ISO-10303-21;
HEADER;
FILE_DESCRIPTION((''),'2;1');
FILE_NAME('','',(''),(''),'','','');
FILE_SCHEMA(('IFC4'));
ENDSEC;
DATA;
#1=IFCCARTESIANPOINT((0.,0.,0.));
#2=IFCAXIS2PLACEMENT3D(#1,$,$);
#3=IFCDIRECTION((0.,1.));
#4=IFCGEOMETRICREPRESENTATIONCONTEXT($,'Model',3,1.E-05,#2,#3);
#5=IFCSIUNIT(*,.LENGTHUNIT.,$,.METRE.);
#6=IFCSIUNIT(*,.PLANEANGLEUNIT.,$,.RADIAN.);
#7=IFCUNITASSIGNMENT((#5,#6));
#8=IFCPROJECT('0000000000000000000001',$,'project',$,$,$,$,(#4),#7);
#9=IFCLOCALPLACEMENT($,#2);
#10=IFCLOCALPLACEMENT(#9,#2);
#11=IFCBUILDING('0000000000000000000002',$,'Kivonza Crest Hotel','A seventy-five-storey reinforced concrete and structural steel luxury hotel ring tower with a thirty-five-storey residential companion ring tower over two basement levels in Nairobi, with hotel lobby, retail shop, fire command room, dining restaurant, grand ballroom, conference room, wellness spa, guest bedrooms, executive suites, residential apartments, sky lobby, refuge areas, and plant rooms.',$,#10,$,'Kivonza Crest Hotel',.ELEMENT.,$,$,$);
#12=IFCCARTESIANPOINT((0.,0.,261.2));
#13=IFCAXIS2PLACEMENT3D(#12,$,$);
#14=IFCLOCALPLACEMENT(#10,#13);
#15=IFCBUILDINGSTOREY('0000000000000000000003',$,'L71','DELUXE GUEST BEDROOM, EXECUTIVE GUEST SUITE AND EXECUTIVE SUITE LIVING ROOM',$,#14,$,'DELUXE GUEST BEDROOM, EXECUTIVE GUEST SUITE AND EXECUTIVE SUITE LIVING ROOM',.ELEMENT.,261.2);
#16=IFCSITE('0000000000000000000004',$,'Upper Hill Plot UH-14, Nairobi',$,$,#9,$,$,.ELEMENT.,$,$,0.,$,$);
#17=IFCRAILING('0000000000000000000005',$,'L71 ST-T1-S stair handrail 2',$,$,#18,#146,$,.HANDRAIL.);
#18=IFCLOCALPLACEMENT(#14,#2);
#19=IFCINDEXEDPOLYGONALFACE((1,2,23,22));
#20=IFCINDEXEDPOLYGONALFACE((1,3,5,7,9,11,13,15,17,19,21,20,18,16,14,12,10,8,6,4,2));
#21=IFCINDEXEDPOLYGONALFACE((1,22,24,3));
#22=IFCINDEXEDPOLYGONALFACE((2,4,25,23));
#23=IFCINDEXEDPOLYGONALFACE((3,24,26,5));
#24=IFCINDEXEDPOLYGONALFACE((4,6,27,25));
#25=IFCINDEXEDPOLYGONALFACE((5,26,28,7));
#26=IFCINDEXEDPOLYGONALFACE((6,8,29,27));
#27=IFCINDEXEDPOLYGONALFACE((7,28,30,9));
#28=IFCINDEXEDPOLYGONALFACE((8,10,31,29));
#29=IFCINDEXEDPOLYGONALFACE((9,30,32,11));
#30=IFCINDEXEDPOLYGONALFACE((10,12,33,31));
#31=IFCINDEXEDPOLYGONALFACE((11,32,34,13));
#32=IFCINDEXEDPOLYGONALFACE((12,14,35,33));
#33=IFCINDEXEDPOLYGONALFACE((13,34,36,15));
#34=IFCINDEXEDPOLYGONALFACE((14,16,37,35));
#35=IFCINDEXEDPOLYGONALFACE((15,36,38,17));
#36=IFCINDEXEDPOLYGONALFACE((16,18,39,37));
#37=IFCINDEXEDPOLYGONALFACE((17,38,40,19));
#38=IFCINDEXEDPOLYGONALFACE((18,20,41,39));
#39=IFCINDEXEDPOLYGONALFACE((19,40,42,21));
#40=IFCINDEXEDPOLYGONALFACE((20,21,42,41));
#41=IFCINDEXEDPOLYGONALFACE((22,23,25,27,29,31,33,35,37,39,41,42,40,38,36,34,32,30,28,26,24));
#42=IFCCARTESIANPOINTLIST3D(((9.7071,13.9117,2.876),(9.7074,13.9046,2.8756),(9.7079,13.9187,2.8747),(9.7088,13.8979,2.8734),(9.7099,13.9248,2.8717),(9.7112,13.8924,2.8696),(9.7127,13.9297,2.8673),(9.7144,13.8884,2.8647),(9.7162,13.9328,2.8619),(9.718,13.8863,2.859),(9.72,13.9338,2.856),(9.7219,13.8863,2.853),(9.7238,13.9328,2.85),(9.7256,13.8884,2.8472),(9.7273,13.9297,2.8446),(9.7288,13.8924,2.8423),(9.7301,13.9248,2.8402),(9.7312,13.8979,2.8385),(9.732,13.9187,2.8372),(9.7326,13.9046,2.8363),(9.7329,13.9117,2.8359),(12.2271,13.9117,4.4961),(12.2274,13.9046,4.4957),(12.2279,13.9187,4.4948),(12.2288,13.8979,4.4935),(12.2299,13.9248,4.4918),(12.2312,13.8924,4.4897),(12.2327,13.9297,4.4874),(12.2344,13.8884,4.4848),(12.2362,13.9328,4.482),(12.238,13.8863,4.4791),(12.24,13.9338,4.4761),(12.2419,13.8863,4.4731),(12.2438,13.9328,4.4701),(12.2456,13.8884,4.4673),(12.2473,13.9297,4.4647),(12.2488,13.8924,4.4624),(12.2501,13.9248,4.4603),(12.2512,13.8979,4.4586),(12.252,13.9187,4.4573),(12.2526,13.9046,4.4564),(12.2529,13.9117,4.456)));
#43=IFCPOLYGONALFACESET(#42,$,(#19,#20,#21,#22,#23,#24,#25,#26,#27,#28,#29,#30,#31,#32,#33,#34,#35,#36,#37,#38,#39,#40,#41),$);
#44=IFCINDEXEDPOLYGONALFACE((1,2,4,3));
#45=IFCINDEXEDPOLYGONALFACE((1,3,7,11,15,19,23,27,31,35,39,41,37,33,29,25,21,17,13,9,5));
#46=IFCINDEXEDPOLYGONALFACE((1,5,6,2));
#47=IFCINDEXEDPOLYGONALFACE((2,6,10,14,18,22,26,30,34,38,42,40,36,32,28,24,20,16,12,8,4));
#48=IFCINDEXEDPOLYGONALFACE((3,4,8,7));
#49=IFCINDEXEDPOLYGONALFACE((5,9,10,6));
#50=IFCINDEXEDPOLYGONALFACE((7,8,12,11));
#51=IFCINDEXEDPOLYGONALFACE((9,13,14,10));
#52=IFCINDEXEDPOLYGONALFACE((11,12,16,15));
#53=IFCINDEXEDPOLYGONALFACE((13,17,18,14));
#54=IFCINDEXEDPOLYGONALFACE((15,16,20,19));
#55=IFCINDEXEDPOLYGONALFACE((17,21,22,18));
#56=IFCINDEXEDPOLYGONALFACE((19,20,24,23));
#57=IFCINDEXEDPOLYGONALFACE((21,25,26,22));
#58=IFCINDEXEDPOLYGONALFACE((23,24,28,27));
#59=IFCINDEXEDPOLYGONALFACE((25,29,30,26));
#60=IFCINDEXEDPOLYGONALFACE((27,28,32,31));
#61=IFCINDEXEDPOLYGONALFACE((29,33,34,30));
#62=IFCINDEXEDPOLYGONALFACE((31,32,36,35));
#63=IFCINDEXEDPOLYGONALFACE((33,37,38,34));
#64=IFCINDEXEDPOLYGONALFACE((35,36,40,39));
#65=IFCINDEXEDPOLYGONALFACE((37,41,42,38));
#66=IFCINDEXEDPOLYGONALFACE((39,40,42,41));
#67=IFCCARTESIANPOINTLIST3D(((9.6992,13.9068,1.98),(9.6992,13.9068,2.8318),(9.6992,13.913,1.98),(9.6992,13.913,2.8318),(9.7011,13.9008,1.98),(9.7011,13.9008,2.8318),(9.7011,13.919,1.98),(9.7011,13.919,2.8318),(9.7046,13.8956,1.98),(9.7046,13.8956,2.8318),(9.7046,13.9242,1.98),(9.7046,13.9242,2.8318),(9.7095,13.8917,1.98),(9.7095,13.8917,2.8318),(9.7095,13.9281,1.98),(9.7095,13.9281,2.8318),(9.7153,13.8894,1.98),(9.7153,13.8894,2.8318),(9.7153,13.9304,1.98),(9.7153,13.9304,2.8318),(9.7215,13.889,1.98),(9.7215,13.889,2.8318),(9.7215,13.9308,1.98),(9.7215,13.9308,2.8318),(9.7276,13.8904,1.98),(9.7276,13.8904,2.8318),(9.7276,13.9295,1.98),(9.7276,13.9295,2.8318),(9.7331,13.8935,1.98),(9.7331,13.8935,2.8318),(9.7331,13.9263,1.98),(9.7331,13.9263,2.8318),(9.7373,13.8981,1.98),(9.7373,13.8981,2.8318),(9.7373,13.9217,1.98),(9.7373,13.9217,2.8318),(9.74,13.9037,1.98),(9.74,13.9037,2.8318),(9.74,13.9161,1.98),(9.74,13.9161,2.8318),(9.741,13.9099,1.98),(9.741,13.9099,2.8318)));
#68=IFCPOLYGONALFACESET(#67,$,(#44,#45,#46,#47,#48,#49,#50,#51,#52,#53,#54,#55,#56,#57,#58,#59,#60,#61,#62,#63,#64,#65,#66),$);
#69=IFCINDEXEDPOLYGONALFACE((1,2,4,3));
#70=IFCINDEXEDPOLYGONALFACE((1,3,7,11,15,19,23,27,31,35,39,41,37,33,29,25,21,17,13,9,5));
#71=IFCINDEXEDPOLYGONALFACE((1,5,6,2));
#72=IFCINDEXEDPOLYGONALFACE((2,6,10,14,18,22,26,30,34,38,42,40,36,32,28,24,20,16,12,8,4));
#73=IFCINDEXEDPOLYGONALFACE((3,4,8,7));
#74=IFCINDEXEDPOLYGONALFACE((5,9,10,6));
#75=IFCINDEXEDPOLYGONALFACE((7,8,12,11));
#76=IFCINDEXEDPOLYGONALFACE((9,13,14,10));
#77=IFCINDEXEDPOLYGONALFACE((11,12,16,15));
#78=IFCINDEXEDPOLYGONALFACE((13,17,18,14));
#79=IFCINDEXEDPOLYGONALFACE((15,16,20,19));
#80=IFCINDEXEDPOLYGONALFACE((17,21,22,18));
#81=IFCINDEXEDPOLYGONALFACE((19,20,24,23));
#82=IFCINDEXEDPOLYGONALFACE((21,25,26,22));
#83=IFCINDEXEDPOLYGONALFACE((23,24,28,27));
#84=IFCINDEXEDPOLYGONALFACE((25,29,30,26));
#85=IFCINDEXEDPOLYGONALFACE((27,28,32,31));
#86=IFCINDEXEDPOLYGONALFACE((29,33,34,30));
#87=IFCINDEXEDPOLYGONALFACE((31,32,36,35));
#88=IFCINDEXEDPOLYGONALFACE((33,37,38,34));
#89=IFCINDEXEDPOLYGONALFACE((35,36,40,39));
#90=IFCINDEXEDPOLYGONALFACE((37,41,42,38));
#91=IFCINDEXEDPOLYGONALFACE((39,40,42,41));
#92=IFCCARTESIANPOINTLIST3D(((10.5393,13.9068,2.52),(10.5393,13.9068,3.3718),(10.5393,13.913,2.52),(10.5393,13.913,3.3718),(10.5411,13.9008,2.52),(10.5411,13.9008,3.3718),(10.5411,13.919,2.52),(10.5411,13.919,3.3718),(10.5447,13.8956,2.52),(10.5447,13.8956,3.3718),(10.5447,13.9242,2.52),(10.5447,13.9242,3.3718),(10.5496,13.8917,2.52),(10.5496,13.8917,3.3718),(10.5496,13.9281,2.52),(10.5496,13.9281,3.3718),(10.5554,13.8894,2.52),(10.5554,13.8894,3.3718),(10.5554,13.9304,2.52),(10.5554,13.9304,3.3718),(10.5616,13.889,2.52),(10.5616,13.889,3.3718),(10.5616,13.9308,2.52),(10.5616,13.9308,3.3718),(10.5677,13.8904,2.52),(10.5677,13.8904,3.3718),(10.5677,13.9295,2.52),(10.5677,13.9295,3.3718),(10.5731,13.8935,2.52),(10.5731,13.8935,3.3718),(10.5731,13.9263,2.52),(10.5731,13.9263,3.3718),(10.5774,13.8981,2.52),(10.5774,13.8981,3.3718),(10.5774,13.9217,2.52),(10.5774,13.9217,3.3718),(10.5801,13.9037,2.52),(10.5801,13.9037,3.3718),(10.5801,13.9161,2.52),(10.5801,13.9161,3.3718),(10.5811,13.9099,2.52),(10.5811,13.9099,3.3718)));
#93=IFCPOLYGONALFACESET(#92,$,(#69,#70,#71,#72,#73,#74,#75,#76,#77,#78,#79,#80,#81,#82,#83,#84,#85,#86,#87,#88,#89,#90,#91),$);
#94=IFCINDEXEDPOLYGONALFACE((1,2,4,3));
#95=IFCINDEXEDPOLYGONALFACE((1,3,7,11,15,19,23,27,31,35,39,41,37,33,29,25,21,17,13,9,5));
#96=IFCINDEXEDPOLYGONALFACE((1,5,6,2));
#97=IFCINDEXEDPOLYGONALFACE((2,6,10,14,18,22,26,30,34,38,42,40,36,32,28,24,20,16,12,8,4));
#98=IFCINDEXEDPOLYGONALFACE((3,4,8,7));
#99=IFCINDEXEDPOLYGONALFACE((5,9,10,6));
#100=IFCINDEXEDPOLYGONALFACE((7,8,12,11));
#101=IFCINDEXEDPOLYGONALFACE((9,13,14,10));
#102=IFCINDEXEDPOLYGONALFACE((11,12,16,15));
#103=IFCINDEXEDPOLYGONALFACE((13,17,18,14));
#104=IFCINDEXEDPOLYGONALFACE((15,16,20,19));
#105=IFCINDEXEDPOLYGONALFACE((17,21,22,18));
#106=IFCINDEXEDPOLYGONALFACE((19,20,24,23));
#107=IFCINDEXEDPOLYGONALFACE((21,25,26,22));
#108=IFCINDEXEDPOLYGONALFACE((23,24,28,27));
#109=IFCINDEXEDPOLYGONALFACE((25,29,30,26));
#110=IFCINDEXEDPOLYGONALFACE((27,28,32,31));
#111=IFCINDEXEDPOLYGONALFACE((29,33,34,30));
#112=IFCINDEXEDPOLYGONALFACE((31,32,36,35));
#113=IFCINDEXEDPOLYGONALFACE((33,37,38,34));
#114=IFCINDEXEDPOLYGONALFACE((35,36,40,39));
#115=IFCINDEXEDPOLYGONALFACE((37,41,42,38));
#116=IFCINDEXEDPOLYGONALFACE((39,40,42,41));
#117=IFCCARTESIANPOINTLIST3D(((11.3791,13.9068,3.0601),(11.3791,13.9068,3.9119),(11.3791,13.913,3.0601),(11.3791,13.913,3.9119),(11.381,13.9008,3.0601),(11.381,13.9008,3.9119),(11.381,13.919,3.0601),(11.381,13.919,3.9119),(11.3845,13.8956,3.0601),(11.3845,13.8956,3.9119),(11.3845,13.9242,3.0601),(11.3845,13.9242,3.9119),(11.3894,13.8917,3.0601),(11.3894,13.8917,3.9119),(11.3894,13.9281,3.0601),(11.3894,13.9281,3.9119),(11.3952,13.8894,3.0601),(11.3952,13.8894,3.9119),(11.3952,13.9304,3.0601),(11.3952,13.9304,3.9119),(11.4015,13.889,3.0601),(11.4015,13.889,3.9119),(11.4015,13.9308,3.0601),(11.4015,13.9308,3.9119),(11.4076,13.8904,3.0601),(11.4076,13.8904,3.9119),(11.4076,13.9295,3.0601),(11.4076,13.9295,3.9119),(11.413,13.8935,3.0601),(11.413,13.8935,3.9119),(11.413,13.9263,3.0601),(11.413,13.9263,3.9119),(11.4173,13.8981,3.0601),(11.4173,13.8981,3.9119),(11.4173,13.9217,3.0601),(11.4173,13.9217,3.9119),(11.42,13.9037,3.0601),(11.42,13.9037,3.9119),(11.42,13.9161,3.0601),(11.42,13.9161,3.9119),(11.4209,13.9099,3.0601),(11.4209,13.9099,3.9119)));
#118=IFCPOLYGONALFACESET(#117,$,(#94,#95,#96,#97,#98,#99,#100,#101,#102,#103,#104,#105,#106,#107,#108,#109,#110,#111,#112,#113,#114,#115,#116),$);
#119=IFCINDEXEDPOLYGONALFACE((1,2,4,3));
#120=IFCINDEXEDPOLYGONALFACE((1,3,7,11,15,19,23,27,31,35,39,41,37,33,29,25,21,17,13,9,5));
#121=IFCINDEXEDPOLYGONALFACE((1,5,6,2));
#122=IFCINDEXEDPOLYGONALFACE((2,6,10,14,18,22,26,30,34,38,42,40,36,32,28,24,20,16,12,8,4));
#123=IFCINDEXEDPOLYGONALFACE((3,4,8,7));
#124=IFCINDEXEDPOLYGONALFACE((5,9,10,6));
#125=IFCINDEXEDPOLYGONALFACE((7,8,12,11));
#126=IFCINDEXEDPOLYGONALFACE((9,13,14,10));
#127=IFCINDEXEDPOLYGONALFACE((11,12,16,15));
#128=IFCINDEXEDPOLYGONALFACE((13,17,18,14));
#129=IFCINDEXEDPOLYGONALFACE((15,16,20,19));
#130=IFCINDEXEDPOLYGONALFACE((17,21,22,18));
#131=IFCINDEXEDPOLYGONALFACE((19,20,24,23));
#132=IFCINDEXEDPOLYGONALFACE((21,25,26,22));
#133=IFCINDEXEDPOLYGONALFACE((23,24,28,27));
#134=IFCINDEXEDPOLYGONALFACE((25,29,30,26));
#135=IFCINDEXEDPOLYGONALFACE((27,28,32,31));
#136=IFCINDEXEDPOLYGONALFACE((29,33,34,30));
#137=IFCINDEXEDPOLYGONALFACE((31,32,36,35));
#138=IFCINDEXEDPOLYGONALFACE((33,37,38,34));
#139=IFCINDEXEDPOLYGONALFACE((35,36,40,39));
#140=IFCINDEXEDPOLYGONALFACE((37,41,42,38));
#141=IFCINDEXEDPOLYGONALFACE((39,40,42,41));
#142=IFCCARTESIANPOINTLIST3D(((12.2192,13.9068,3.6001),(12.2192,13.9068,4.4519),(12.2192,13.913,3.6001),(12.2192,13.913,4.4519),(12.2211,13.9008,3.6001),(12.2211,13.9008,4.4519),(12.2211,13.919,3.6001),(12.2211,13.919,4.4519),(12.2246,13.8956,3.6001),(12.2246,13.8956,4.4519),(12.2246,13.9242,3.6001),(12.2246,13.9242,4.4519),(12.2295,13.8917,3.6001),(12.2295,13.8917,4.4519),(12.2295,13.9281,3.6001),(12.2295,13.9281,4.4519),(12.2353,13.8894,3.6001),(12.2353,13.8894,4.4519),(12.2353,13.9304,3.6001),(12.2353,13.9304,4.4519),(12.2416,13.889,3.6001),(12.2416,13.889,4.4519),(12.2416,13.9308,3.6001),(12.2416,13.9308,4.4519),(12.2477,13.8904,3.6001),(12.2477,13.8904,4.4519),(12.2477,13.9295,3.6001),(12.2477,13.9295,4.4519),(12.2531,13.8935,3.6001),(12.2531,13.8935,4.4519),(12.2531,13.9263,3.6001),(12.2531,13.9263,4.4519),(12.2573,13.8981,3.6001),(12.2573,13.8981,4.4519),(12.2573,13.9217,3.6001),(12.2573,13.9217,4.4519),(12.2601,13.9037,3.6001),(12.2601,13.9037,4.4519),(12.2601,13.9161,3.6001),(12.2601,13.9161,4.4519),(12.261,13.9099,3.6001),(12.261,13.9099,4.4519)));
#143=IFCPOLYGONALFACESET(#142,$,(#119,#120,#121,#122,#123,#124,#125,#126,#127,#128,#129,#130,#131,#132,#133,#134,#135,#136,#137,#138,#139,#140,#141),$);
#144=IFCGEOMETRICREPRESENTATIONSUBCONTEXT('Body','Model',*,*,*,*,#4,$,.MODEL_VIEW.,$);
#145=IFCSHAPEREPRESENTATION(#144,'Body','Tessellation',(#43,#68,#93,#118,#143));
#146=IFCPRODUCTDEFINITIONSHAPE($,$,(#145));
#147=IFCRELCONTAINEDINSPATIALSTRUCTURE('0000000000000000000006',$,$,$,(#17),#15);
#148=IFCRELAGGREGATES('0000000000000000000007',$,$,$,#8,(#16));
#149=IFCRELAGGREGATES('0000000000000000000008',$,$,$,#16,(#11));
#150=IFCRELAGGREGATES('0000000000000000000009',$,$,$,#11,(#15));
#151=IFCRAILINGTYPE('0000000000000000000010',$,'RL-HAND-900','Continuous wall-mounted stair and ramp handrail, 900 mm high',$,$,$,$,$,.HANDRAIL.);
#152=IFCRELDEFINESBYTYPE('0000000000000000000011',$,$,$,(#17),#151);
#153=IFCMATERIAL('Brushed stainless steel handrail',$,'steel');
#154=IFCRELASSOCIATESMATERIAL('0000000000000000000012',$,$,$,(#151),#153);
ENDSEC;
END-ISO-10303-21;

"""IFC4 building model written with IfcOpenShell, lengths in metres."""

from ifc_helpers import new_model, si_unit, direction, frame, origin, origin_2d, place, context, subcontext, project, spatial, circle, extrude, material, type_object, element, save


model = new_model("IFC4")

# Units and contexts
model_context = context("Model", 3, precision=1e-05, world=origin(), true_north=direction((0.0, 1.0)))
body_context = subcontext(model_context, "Body", "Model", "MODEL_VIEW")
ifc_project = project(units=[si_unit("LENGTHUNIT", "METRE"), si_unit("PLANEANGLEUNIT", "RADIAN")], contexts=[model_context])

# Site, building, storey
site_placement = place(None, origin())
site = spatial("IfcSite", under=ifc_project, at=site_placement, Name="Upper Hill Plot UH-14, Nairobi", CompositionType="ELEMENT", RefElevation=0.0)
building_placement = place(site_placement, origin())
building = spatial("IfcBuilding", under=site, at=building_placement, Name="Kivonza Crest Hotel", Description="A seventy-five-storey reinforced concrete and structural steel luxury hotel ring tower with a thirty-five-storey residential companion ring tower over two basement levels in Nairobi, with hotel lobby, retail shop, fire command room, dining restaurant, grand ballroom, conference room, wellness spa, guest bedrooms, executive suites, residential apartments, sky lobby, refuge areas, and plant rooms.", LongName="Kivonza Crest Hotel", CompositionType="ELEMENT")
storey_placement = place(building_placement, frame((0.0, 0.0, 261.2)))
storey = spatial("IfcBuildingStorey", under=building, at=storey_placement, Name="L71", Description="DELUXE GUEST BEDROOM, EXECUTIVE GUEST SUITE AND EXECUTIVE SUITE LIVING ROOM", LongName="DELUXE GUEST BEDROOM, EXECUTIVE GUEST SUITE AND EXECUTIVE SUITE LIVING ROOM", CompositionType="ELEMENT", Elevation=261.2)

# Railing
ifc_material_1 = material(Name="Brushed stainless steel handrail", Category="steel")
railing_type_1 = type_object("IfcRailingType", Name="RL-HAND-900", Description="Continuous wall-mounted stair and ramp handrail, 900 mm high", PredefinedType="HANDRAIL", material=ifc_material_1)
railing_1_placement = place(storey_placement, frame((9.72, 13.9099, 1.98)))
element("IfcRailing", 1, at=railing_1_placement, inside=storey, type_object=railing_type_1, Name="L71 ST-T1-S stair handrail 2", PredefinedType="HANDRAIL", context=body_context, shape_type="SweptSolid", body=[
    extrude(circle(Radius=0.0239, at=origin_2d()), frame((0.0, 0.0, 0.876), z_axis=(0.841163, 0.0, 0.540782), x_axis=(0.0, 1.0, 0.0)), (0.0, 0.0, 1.0), 2.9958),
    extrude(circle(Radius=0.021, at=origin_2d()), origin(), (0.0, 0.0, 1.0), 0.8518),
    extrude(circle(Radius=0.021, at=origin_2d()), frame((0.8401, 0.0, 0.54)), (0.0, 0.0, 1.0), 0.8518),
    extrude(circle(Radius=0.021, at=origin_2d()), frame((1.6799, 0.0, 1.0801)), (0.0, 0.0, 1.0), 0.8518),
    extrude(circle(Radius=0.021, at=origin_2d()), frame((2.52, 0.0, 1.6201)), (0.0, 0.0, 1.0), 0.8518),
])

save(model, "model.ifc")
